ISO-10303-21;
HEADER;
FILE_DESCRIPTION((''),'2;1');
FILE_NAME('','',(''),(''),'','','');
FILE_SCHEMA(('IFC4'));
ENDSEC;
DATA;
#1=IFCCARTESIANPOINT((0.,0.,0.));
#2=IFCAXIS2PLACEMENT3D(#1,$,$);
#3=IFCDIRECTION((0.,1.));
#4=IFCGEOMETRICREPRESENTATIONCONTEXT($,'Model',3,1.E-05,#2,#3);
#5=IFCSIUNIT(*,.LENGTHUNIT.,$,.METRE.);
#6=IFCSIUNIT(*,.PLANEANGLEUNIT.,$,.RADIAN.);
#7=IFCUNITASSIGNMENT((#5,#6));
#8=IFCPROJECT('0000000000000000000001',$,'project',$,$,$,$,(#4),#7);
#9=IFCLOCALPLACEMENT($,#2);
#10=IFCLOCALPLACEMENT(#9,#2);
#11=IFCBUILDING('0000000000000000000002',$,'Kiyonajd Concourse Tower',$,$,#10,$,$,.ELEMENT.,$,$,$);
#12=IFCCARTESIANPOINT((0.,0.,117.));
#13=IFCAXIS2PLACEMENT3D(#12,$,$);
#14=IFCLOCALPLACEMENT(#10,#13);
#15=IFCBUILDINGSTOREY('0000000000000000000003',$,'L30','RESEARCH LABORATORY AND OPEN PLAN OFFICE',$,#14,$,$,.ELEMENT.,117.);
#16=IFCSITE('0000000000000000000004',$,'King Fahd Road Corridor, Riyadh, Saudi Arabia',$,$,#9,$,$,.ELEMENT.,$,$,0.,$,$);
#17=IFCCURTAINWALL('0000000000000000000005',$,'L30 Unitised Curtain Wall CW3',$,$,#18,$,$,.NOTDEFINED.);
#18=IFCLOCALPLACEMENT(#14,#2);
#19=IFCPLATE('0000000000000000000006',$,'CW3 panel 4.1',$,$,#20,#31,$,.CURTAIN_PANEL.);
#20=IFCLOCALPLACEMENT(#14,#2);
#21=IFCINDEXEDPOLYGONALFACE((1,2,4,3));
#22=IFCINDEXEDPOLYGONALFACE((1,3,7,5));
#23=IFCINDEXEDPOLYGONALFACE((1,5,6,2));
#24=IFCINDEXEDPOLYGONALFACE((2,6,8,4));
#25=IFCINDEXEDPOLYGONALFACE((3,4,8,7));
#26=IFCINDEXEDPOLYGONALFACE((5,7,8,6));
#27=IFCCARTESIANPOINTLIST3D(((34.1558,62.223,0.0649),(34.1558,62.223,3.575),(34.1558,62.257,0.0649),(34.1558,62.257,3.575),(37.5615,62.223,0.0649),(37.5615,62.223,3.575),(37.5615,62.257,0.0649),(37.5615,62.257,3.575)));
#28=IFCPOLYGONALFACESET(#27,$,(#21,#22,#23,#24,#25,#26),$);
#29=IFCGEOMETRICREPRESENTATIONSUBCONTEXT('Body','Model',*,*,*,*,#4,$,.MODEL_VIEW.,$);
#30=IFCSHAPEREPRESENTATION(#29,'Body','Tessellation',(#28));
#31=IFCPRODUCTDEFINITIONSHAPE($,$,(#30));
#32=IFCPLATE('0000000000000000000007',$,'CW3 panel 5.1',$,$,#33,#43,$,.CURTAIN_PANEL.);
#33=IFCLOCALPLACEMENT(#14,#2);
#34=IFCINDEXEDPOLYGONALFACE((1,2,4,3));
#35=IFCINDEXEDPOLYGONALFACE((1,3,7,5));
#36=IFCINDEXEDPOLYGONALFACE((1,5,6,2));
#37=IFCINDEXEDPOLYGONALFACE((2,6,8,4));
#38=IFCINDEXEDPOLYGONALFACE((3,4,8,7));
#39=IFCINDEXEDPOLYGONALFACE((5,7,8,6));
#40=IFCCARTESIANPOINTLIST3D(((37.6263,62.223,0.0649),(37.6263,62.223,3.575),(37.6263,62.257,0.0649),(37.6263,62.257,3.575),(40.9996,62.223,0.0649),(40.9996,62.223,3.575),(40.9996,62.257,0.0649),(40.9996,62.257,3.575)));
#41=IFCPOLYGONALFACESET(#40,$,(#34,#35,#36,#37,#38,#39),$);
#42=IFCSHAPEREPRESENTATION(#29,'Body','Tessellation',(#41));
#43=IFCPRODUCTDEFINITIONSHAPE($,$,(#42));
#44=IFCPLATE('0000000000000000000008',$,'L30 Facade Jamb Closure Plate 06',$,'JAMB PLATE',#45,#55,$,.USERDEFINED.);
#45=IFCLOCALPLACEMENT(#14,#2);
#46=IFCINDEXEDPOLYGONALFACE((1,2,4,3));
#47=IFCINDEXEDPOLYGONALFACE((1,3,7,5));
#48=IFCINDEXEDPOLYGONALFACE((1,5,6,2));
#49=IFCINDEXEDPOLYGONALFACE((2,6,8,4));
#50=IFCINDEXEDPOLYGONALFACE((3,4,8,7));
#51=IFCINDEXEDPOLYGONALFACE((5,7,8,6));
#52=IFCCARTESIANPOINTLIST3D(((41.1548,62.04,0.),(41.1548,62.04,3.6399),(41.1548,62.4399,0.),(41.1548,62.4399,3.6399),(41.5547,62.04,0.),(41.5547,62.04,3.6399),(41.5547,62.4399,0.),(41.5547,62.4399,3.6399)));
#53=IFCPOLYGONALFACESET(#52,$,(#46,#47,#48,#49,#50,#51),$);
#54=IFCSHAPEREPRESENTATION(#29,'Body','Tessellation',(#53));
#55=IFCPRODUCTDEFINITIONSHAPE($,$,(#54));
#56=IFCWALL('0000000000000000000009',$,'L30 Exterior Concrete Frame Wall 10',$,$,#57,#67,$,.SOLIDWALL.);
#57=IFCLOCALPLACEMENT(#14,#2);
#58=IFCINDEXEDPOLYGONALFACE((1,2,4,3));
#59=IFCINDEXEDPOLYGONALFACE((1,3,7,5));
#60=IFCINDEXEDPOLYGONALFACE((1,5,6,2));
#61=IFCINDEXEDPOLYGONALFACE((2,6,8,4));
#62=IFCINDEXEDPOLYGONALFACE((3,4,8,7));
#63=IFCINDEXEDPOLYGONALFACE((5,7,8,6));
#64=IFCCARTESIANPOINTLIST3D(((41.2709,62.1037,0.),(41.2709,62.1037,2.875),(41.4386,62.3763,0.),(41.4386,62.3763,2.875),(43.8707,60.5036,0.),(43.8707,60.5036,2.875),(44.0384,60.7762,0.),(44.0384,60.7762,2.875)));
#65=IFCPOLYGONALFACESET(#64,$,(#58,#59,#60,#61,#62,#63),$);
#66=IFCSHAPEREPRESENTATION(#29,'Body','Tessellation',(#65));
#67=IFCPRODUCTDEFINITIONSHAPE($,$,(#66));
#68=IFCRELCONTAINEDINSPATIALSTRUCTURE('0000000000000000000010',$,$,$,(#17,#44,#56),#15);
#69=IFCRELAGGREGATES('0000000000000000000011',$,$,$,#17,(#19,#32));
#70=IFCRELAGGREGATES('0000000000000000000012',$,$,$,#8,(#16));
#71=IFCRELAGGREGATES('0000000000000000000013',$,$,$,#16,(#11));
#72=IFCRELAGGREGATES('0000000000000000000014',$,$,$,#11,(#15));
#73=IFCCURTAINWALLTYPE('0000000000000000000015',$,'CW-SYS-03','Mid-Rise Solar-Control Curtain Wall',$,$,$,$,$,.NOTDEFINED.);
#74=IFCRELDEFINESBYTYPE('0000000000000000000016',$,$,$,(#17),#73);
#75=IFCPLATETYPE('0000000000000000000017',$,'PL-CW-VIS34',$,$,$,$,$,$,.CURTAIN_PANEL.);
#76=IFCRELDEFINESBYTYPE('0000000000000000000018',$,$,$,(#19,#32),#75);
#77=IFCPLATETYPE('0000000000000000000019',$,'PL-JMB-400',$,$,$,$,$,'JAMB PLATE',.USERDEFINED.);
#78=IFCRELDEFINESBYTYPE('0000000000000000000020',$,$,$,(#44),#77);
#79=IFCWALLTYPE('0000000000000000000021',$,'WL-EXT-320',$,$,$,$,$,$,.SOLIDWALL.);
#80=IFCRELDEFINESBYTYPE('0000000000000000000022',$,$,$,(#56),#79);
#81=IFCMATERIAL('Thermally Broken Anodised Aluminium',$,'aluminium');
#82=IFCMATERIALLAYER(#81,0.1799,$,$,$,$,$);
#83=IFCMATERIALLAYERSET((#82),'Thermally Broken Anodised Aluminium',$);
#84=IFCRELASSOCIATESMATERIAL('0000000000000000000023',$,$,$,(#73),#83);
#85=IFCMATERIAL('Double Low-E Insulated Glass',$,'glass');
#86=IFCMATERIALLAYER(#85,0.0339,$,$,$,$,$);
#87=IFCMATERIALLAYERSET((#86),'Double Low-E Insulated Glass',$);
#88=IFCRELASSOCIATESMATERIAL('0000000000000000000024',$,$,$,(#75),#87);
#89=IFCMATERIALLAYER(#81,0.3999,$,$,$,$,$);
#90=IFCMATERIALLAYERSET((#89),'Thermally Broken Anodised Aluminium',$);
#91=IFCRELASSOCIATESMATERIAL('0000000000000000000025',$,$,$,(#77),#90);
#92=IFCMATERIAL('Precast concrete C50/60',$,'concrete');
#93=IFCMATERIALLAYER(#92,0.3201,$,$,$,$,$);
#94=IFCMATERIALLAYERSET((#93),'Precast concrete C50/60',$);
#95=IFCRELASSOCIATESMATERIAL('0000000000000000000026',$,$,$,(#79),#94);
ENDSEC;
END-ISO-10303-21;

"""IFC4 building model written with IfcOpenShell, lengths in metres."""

from ifc_helpers import new_model, si_unit, direction, frame, frame_2d, origin, origin_2d, place, context, subcontext, project, spatial, rectangle, extrude, material, layer, layer_set, type_object, element, aggregate, save


model = new_model("IFC4")

# Units and contexts
model_context = context("Model", 3, precision=1e-05, world=origin(), true_north=direction((0.0, 1.0)))
body_context = subcontext(model_context, "Body", "Model", "MODEL_VIEW")
ifc_project = project(units=[si_unit("LENGTHUNIT", "METRE"), si_unit("PLANEANGLEUNIT", "RADIAN")], contexts=[model_context])

# Site, building, storey
site_placement = place(None, origin())
site = spatial("IfcSite", under=ifc_project, at=site_placement, Name="King Fahd Road Corridor, Riyadh, Saudi Arabia", CompositionType="ELEMENT", RefElevation=0.0)
building_placement = place(site_placement, origin())
building = spatial("IfcBuilding", under=site, at=building_placement, Name="Kiyonajd Concourse Tower", CompositionType="ELEMENT")
storey_placement = place(building_placement, frame((0.0, 0.0, 117.0)))
storey = spatial("IfcBuildingStorey", under=building, at=storey_placement, Name="L30", Description="RESEARCH LABORATORY AND OPEN PLAN OFFICE", CompositionType="ELEMENT", Elevation=117.0)

# Shared definitions
ifc_material_1 = material(Name="Precast concrete C50/60", Category="concrete")

# Curtain wall, plates
ifc_material_2 = material(Name="Thermally Broken Anodised Aluminium", Category="aluminium")
ifc_layer_1 = layer(ifc_material_2, 0.1799)
ifc_layer_set_1 = layer_set([ifc_layer_1], Name="Thermally Broken Anodised Aluminium")
curtain_wall_type = type_object("IfcCurtainWallType", Name="CW-SYS-03", Description="Mid-Rise Solar-Control Curtain Wall", PredefinedType="NOTDEFINED", material=ifc_layer_set_1)
curtain_wall_placement = place(storey_placement, origin())
curtain_wall = element("IfcCurtainWall", 1, at=curtain_wall_placement, inside=storey, type_object=curtain_wall_type, Name="L30 Unitised Curtain Wall CW3", PredefinedType="NOTDEFINED")
ifc_material_3 = material(Name="Double Low-E Insulated Glass", Category="glass")
ifc_layer_2 = layer(ifc_material_3, 0.0339)
ifc_layer_set_2 = layer_set([ifc_layer_2], Name="Double Low-E Insulated Glass")
plate_type_1 = type_object("IfcPlateType", Name="PL-CW-VIS34", PredefinedType="CURTAIN_PANEL", material=ifc_layer_set_2)
plate_1_placement = place(storey_placement, frame((35.8586, 62.24, 0.0649), z_axis=(0.0, 0.0, 1.0), x_axis=(1.0, 0.0, 0.0)))
plate_1 = element("IfcPlate", 2, at=plate_1_placement, type_object=plate_type_1, Name="CW3 panel 4.1", PredefinedType="CURTAIN_PANEL", context=body_context, shape_type="SweptSolid", body=[
    extrude(rectangle(XDim=3.4058, YDim=0.0339, at=origin_2d()), origin(), (0.0, 0.0, 1.0), 3.51),
])
plate_2_placement = place(storey_placement, frame((39.313, 62.24, 0.0649), z_axis=(0.0, 0.0, 1.0), x_axis=(1.0, 0.0, 0.0)))
plate_2 = element("IfcPlate", 3, at=plate_2_placement, type_object=plate_type_1, Name="CW3 panel 5.1", PredefinedType="CURTAIN_PANEL", context=body_context, shape_type="SweptSolid", body=[
    extrude(rectangle(XDim=3.3733, YDim=0.0339, at=origin_2d()), origin(), (0.0, 0.0, 1.0), 3.51),
])
aggregate(curtain_wall, [plate_1, plate_2])

# Plate
ifc_layer_3 = layer(ifc_material_2, 0.3999)
ifc_layer_set_3 = layer_set([ifc_layer_3], Name="Thermally Broken Anodised Aluminium")
plate_type_2 = type_object("IfcPlateType", Name="PL-JMB-400", ElementType="JAMB PLATE", PredefinedType="USERDEFINED", material=ifc_layer_set_3)
plate_3_placement = place(storey_placement, frame((41.3547, 62.24, 0.0), z_axis=(0.0, 0.0, 1.0), x_axis=(1.0, 0.0, 0.0)))
element("IfcPlate", 4, at=plate_3_placement, inside=storey, type_object=plate_type_2, Name="L30 Facade Jamb Closure Plate 06", ObjectType="JAMB PLATE", PredefinedType="USERDEFINED", context=body_context, shape_type="SweptSolid", body=[
    extrude(rectangle(XDim=0.3999, YDim=0.3999, at=origin_2d()), origin(), (0.0, 0.0, 1.0), 3.6399),
])

# Wall
ifc_layer_4 = layer(ifc_material_1, 0.3201)
ifc_layer_set_4 = layer_set([ifc_layer_4], Name="Precast concrete C50/60")
wall_type = type_object("IfcWallType", Name="WL-EXT-320", PredefinedType="SOLIDWALL", material=ifc_layer_set_4)
wall_placement = place(storey_placement, frame((41.3547, 62.24, 0.0), z_axis=(0.0, 0.0, 1.0), x_axis=(0.851631, -0.524142, 0.0)))
element("IfcWall", 5, at=wall_placement, inside=storey, type_object=wall_type, Name="L30 Exterior Concrete Frame Wall 10", PredefinedType="SOLIDWALL", context=body_context, shape_type="SweptSolid", body=[
    extrude(rectangle(XDim=3.0527, YDim=0.3201, at=frame_2d((1.5264, 0.0))), origin(), (0.0, 0.0, 1.0), 2.875),
])

save(model, "model.ifc")
